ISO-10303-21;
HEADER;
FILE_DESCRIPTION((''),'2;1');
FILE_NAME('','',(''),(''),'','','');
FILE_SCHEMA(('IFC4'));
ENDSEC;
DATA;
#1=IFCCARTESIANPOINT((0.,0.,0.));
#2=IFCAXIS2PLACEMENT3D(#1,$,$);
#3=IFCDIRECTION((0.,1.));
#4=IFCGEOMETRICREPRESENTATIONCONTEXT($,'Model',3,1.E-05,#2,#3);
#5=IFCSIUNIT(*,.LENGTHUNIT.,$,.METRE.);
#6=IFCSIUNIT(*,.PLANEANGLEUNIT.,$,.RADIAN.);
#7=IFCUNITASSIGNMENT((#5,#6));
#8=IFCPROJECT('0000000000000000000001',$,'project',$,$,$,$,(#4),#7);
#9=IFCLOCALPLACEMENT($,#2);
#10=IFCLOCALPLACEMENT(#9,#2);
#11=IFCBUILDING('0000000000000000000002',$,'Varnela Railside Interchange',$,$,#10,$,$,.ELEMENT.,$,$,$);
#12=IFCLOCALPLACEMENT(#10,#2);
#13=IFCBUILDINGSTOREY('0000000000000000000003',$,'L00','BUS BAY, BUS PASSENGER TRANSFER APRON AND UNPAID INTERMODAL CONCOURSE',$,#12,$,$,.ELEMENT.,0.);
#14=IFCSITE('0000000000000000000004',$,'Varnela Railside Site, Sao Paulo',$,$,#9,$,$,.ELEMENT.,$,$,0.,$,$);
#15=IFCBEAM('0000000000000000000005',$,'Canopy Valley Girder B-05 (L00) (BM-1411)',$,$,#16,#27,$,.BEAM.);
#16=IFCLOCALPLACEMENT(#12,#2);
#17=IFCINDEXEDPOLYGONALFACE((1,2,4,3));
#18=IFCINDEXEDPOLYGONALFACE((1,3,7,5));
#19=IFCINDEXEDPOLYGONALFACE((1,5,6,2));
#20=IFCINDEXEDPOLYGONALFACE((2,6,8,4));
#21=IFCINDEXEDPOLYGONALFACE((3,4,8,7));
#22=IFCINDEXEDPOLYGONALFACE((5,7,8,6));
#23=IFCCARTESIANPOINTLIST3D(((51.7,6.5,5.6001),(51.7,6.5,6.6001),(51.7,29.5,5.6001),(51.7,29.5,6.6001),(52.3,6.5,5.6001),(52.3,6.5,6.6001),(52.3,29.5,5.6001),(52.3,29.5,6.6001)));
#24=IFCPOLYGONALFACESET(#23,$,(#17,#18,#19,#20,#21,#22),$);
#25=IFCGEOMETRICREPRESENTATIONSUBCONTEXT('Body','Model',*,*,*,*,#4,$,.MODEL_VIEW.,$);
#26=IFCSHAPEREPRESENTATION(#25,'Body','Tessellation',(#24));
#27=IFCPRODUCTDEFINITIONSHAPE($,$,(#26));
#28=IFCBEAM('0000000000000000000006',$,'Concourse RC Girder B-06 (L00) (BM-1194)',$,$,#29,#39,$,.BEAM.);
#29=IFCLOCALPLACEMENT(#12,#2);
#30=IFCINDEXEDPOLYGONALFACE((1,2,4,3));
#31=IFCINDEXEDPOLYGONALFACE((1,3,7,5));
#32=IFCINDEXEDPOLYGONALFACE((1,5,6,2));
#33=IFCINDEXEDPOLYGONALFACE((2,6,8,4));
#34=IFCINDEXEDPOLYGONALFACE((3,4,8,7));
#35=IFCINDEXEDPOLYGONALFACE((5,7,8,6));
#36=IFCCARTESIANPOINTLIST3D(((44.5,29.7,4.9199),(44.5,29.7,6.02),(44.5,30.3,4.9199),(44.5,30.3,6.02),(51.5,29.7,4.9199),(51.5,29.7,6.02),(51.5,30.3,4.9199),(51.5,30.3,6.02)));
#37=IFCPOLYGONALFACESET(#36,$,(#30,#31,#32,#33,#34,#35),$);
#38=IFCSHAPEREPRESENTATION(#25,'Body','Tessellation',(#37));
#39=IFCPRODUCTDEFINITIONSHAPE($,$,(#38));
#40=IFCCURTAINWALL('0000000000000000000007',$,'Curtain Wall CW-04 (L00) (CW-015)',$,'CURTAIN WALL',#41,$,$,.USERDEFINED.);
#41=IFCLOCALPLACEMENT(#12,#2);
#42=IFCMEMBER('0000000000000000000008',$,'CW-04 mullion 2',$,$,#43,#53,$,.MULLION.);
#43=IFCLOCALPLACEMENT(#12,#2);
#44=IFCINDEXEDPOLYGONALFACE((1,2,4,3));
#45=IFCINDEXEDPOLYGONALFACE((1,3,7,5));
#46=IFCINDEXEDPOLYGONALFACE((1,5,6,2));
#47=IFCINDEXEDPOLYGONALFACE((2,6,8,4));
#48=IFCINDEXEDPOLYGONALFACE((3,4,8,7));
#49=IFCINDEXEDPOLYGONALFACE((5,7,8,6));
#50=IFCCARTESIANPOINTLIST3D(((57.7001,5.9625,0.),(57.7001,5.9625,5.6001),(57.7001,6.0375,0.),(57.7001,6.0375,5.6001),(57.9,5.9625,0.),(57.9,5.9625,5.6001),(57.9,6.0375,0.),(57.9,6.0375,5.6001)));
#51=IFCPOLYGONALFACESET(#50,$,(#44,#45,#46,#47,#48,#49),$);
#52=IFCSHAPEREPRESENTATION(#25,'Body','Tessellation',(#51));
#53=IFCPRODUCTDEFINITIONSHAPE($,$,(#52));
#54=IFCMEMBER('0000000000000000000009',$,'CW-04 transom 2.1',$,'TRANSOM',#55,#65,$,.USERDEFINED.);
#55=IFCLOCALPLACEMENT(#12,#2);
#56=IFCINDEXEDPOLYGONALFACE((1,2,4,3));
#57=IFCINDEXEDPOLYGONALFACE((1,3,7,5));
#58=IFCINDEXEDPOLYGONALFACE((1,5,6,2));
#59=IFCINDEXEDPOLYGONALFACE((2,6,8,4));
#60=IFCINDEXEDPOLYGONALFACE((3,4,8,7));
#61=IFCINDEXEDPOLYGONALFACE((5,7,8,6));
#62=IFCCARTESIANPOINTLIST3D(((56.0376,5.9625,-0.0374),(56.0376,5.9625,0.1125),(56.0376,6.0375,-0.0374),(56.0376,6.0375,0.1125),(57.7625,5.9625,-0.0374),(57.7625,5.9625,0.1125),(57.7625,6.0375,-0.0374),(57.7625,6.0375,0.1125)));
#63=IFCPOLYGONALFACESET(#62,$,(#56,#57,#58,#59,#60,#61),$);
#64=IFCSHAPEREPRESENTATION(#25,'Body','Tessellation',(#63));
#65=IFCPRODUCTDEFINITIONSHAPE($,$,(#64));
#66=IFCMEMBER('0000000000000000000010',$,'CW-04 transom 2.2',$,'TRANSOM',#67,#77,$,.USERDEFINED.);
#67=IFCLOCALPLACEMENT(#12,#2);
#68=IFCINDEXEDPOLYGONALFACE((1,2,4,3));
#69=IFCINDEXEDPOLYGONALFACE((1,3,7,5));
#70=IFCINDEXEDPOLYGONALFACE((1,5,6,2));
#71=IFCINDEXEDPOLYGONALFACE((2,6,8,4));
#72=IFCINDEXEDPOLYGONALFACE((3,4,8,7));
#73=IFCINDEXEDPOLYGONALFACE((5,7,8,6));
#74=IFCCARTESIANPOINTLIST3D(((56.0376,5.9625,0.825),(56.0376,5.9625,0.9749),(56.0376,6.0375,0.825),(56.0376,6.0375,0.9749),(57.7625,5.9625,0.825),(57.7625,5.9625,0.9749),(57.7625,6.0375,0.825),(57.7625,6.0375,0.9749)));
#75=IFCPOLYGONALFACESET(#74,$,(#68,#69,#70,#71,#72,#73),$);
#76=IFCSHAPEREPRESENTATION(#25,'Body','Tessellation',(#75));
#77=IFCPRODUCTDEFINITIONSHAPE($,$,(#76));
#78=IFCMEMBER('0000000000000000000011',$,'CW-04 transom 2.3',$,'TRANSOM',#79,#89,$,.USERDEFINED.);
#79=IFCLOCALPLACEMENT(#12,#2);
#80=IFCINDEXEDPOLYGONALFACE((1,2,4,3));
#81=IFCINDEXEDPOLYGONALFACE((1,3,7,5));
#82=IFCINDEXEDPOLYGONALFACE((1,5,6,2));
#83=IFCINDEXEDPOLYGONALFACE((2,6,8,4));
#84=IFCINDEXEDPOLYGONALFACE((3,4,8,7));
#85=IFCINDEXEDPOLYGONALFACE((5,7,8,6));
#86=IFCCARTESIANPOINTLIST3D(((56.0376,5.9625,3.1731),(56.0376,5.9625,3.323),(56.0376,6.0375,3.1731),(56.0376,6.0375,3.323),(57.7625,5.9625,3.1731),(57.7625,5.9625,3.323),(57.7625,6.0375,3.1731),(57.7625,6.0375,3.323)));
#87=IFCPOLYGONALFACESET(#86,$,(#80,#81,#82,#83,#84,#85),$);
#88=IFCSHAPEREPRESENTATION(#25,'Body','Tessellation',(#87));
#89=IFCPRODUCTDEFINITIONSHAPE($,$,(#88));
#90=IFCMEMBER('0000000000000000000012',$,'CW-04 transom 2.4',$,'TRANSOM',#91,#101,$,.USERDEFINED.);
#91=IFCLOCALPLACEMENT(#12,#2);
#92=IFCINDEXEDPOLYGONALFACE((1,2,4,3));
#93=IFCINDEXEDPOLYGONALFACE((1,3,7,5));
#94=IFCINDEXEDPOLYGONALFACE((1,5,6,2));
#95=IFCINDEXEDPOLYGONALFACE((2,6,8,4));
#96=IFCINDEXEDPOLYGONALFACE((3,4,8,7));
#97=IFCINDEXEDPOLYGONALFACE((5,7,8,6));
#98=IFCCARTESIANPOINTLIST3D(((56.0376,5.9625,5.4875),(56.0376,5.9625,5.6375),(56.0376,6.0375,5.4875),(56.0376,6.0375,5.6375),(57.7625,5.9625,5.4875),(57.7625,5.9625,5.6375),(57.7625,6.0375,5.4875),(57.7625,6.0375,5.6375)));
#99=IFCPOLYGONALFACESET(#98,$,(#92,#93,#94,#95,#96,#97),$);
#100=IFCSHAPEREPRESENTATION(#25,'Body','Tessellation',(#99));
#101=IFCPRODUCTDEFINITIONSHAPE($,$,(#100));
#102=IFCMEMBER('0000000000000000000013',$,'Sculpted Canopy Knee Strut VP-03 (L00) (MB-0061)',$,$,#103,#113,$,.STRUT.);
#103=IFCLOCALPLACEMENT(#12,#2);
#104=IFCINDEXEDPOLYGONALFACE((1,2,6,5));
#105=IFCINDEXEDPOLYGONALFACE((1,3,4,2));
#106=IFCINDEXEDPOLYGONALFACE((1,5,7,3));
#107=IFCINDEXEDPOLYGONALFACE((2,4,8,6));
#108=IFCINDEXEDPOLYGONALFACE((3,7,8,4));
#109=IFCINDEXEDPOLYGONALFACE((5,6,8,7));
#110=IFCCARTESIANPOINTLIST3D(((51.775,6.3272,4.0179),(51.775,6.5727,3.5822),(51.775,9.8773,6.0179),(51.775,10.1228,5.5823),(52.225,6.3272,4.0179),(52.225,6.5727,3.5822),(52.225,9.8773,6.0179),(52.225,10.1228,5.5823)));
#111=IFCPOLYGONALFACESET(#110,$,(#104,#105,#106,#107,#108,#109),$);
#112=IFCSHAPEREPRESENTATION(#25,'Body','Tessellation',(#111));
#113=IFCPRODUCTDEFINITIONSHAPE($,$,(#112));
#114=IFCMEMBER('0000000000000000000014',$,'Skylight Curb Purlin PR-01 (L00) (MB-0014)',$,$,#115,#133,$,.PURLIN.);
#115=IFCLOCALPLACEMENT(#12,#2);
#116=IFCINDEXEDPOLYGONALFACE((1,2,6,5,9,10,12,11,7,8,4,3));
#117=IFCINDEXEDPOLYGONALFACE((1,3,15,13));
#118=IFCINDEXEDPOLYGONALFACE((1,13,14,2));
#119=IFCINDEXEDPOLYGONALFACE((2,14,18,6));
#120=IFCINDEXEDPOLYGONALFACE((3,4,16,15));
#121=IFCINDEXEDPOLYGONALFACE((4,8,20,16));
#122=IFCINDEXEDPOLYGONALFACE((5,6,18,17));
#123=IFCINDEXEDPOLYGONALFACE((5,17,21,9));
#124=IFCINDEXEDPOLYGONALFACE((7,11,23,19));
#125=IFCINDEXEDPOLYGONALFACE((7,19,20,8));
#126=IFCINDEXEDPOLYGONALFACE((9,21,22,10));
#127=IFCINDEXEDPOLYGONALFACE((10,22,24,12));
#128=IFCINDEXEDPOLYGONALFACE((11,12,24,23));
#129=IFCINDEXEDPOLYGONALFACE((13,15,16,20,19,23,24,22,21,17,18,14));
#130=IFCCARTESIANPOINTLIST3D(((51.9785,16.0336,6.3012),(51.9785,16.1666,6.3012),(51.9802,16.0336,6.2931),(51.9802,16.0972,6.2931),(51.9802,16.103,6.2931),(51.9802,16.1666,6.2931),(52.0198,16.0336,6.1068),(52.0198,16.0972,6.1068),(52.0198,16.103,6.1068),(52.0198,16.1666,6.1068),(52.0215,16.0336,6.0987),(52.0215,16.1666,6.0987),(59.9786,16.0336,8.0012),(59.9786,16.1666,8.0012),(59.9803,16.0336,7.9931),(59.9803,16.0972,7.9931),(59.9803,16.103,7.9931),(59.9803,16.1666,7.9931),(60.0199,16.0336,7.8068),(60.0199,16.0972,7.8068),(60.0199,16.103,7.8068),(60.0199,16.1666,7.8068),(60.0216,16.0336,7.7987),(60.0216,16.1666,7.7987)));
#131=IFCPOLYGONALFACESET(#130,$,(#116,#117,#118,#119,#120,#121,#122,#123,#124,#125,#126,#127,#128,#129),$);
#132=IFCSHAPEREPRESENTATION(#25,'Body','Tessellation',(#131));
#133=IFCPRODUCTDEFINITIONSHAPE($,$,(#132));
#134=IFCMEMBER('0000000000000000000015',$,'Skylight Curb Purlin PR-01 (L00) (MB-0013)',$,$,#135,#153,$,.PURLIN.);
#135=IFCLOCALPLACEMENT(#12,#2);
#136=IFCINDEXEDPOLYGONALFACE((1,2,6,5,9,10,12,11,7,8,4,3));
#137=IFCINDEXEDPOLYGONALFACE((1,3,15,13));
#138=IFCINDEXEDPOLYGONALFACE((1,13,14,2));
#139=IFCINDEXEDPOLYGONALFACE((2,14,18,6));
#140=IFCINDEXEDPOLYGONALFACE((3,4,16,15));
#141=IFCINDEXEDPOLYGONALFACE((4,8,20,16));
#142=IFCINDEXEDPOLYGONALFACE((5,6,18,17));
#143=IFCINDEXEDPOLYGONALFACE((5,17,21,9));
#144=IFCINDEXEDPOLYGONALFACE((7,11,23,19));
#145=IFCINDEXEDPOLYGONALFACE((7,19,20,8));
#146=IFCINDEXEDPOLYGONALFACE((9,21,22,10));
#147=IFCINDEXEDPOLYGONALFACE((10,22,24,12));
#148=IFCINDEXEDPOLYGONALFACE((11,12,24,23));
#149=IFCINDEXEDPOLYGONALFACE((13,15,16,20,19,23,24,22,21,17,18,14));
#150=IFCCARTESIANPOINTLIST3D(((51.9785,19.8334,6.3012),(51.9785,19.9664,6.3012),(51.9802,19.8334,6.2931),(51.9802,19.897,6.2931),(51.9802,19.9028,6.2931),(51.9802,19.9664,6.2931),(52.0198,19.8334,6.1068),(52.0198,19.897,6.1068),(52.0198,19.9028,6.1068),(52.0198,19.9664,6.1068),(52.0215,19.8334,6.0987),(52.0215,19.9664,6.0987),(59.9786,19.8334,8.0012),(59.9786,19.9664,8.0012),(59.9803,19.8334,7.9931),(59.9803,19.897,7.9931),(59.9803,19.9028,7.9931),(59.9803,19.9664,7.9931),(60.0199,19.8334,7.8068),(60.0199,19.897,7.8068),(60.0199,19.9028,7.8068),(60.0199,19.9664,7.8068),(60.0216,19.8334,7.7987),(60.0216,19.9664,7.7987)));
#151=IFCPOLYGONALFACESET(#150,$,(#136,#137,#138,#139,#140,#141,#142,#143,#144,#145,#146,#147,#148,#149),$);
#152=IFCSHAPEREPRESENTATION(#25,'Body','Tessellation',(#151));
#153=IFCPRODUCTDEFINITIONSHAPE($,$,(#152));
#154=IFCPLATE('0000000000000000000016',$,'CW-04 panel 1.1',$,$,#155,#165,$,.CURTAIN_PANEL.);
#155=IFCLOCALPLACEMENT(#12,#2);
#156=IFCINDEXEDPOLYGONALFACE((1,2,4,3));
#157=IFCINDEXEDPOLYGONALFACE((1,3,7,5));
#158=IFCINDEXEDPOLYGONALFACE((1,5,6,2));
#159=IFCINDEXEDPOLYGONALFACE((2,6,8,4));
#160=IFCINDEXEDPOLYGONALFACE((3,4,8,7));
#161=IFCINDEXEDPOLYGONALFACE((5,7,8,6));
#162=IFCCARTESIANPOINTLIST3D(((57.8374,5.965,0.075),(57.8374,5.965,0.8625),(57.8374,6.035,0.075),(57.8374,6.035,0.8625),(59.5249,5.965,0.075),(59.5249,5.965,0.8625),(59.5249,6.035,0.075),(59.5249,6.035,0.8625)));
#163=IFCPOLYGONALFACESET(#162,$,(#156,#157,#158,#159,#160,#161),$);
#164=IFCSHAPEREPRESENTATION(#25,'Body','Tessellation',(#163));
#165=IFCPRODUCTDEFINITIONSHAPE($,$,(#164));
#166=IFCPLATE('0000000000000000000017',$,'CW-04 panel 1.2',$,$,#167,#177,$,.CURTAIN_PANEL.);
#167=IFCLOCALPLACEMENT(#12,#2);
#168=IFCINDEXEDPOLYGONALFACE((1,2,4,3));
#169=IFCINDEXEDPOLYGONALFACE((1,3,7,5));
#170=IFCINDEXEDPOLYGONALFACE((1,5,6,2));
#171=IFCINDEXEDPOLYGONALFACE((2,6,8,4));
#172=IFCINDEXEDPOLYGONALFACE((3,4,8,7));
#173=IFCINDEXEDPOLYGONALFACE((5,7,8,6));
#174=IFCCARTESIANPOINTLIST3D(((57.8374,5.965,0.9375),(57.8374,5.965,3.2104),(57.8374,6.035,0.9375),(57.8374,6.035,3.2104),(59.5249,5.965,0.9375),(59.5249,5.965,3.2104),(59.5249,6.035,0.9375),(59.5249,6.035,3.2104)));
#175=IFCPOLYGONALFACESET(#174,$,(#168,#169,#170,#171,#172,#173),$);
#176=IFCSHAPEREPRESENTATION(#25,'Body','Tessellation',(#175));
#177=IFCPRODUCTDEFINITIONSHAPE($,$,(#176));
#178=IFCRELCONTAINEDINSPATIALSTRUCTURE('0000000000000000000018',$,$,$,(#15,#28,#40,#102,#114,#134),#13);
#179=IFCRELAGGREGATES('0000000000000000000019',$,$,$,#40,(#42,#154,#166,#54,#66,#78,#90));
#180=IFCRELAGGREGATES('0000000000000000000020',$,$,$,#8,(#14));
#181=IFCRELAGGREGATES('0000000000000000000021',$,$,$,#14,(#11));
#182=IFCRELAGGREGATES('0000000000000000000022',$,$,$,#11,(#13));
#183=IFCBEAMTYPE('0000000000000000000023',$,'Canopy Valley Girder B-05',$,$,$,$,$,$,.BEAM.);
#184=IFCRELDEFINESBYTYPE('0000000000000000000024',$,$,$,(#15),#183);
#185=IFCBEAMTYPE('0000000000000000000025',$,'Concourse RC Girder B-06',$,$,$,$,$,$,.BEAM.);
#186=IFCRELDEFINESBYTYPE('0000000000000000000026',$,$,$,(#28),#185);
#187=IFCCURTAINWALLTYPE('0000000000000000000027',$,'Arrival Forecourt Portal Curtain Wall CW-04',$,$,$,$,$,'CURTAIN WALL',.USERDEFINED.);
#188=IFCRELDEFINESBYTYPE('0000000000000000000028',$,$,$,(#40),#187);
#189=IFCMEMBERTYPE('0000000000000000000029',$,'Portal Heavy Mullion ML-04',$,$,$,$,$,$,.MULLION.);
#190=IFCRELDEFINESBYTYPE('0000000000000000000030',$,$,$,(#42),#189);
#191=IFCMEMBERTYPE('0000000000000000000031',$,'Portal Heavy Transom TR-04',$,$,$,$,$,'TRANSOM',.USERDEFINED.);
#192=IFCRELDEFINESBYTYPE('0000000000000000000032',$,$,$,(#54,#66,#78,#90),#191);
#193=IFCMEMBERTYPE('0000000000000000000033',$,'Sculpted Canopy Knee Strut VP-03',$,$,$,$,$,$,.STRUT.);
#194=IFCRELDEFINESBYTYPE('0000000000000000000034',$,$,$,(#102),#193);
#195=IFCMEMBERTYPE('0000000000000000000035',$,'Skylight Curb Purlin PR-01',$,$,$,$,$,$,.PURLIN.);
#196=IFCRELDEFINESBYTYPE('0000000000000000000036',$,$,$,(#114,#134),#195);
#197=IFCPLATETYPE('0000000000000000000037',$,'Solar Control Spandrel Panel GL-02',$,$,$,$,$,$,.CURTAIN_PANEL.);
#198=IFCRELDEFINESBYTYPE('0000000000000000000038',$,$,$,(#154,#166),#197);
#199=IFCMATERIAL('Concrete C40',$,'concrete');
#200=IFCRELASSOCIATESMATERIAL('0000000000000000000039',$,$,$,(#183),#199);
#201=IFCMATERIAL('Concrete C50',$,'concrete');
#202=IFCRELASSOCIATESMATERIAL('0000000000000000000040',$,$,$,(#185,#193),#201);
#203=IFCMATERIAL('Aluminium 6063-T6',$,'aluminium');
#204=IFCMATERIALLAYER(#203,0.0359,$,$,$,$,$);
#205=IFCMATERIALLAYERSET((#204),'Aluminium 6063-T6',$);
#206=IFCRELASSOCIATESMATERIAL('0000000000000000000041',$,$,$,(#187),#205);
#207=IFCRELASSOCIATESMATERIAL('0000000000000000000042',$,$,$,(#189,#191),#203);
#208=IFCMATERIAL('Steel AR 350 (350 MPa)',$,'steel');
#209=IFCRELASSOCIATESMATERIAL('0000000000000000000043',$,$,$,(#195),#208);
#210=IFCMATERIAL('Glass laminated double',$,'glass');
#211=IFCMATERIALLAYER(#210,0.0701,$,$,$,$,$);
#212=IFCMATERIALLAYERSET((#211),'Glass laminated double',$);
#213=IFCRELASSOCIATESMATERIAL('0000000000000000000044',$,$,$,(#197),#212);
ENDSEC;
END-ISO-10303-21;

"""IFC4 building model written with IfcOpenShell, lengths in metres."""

from ifc_helpers import new_model, si_unit, direction, frame, origin, origin_2d, place, context, subcontext, project, spatial, rectangle, i_section, extrude, material, layer, layer_set, material_profile, profile_set, type_object, element, aggregate, save


model = new_model("IFC4")

# Units and contexts
model_context = context("Model", 3, precision=1e-05, world=origin(), true_north=direction((0.0, 1.0)))
body_context = subcontext(model_context, "Body", "Model", "MODEL_VIEW")
ifc_project = project(units=[si_unit("LENGTHUNIT", "METRE"), si_unit("PLANEANGLEUNIT", "RADIAN")], contexts=[model_context])

# Site, building, storey
site_placement = place(None, origin())
site = spatial("IfcSite", under=ifc_project, at=site_placement, Name="Varnela Railside Site, Sao Paulo", CompositionType="ELEMENT", RefElevation=0.0)
building_placement = place(site_placement, origin())
building = spatial("IfcBuilding", under=site, at=building_placement, Name="Varnela Railside Interchange", CompositionType="ELEMENT")
storey_placement = place(building_placement, origin())
storey = spatial("IfcBuildingStorey", under=building, at=storey_placement, Name="L00", Description="BUS BAY, BUS PASSENGER TRANSFER APRON AND UNPAID INTERMODAL CONCOURSE", CompositionType="ELEMENT", Elevation=0.0)

# Shared definitions
ifc_material_1 = material(Name="Concrete C50", Category="concrete")

# Shared definitions
ifc_material_2 = material(Name="Steel AR 350 (350 MPa)", Category="steel")

# Beams
ifc_material_3 = material(Name="Concrete C40", Category="concrete")
ifc_material_profile_1 = material_profile(ifc_material_3, rectangle(XDim=0.6001, YDim=1.0, at=origin_2d()), Name="RC 600x1000")
ifc_profile_set_1 = profile_set([ifc_material_profile_1], Name="Concrete C40")
beam_type_1 = type_object("IfcBeamType", Name="Canopy Valley Girder B-05", PredefinedType="BEAM", material=ifc_profile_set_1)
beam_1_placement = place(storey_placement, frame((52.0, 6.5, 6.1001), z_axis=(0.0, 1.0, 0.0), x_axis=(-1.0, 0.0, 0.0)))
element("IfcBeam", 1, at=beam_1_placement, inside=storey, type_object=beam_type_1, Name="Canopy Valley Girder B-05 (L00) (BM-1411)", PredefinedType="BEAM", context=body_context, shape_type="SweptSolid", body=[
    extrude(rectangle(XDim=0.6001, YDim=1.0, at=origin_2d()), origin(), (0.0, 0.0, 1.0), 23.0),
])
ifc_material_profile_2 = material_profile(ifc_material_1, rectangle(XDim=0.6001, YDim=1.1001, at=origin_2d()), Name="RC 600x1100")
ifc_profile_set_2 = profile_set([ifc_material_profile_2], Name="Concrete C50")
beam_type_2 = type_object("IfcBeamType", Name="Concourse RC Girder B-06", PredefinedType="BEAM", material=ifc_profile_set_2)
beam_2_placement = place(storey_placement, frame((44.5, 30.0, 5.47), z_axis=(1.0, 0.0, 0.0), x_axis=(0.0, 1.0, 0.0)))
element("IfcBeam", 2, at=beam_2_placement, inside=storey, type_object=beam_type_2, Name="Concourse RC Girder B-06 (L00) (BM-1194)", PredefinedType="BEAM", context=body_context, shape_type="SweptSolid", body=[
    extrude(rectangle(XDim=0.6001, YDim=1.1001, at=origin_2d()), origin(), (0.0, 0.0, 1.0), 7.0),
])

# Curtain wall, members
ifc_material_4 = material(Name="Aluminium 6063-T6", Category="aluminium")
ifc_layer_1 = layer(ifc_material_4, 0.0359)
ifc_layer_set_1 = layer_set([ifc_layer_1], Name="Aluminium 6063-T6")
curtain_wall_type = type_object("IfcCurtainWallType", Name="Arrival Forecourt Portal Curtain Wall CW-04", ElementType="CURTAIN WALL", PredefinedType="USERDEFINED", material=ifc_layer_set_1)
curtain_wall_placement = place(storey_placement, origin())
curtain_wall = element("IfcCurtainWall", 3, at=curtain_wall_placement, inside=storey, type_object=curtain_wall_type, Name="Curtain Wall CW-04 (L00) (CW-015)", ObjectType="CURTAIN WALL", PredefinedType="USERDEFINED")
ifc_material_profile_3 = material_profile(ifc_material_4, rectangle(XDim=0.075, YDim=0.2, at=origin_2d()), Name="ALU 75x200")
ifc_profile_set_3 = profile_set([ifc_material_profile_3], Name="Aluminium 6063-T6")
member_type_1 = type_object("IfcMemberType", Name="Portal Heavy Mullion ML-04", PredefinedType="MULLION", material=ifc_profile_set_3)
member_1_placement = place(storey_placement, frame((57.8, 6.0, 0.0), z_axis=(0.0, 0.0, 1.0), x_axis=(0.0, -1.0, 0.0)))
member_1 = element("IfcMember", 4, at=member_1_placement, type_object=member_type_1, Name="CW-04 mullion 2", PredefinedType="MULLION", context=body_context, shape_type="SweptSolid", body=[
    extrude(rectangle(XDim=0.075, YDim=0.2, at=origin_2d()), origin(), (0.0, 0.0, 1.0), 5.6001),
])
ifc_material_profile_4 = material_profile(ifc_material_4, rectangle(XDim=0.075, YDim=0.1499, at=origin_2d()), Name="ALU 75x150")
ifc_profile_set_4 = profile_set([ifc_material_profile_4], Name="Aluminium 6063-T6")
member_type_2 = type_object("IfcMemberType", Name="Portal Heavy Transom TR-04", ElementType="TRANSOM", PredefinedType="USERDEFINED", material=ifc_profile_set_4)
member_2_placement = place(storey_placement, frame((57.7625, 6.0, 0.0376), z_axis=(-1.0, 0.0, 0.0), x_axis=(0.0, -1.0, 0.0)))
member_2 = element("IfcMember", 5, at=member_2_placement, type_object=member_type_2, Name="CW-04 transom 2.1", ObjectType="TRANSOM", PredefinedType="USERDEFINED", context=body_context, shape_type="SweptSolid", body=[
    extrude(rectangle(XDim=0.075, YDim=0.1499, at=origin_2d()), origin(), (0.0, 0.0, 1.0), 1.7249),
])
member_3_placement = place(storey_placement, frame((57.7625, 6.0, 0.8999), z_axis=(-1.0, 0.0, 0.0), x_axis=(0.0, -1.0, 0.0)))
member_3 = element("IfcMember", 6, at=member_3_placement, type_object=member_type_2, Name="CW-04 transom 2.2", ObjectType="TRANSOM", PredefinedType="USERDEFINED", context=body_context, shape_type="SweptSolid", body=[
    extrude(rectangle(XDim=0.075, YDim=0.1499, at=origin_2d()), origin(), (0.0, 0.0, 1.0), 1.7249),
])
member_4_placement = place(storey_placement, frame((57.7625, 6.0, 3.248), z_axis=(-1.0, 0.0, 0.0), x_axis=(0.0, -1.0, 0.0)))
member_4 = element("IfcMember", 7, at=member_4_placement, type_object=member_type_2, Name="CW-04 transom 2.3", ObjectType="TRANSOM", PredefinedType="USERDEFINED", context=body_context, shape_type="SweptSolid", body=[
    extrude(rectangle(XDim=0.075, YDim=0.1499, at=origin_2d()), origin(), (0.0, 0.0, 1.0), 1.7249),
])
member_5_placement = place(storey_placement, frame((57.7625, 6.0, 5.5625), z_axis=(-1.0, 0.0, 0.0), x_axis=(0.0, -1.0, 0.0)))
member_5 = element("IfcMember", 8, at=member_5_placement, type_object=member_type_2, Name="CW-04 transom 2.4", ObjectType="TRANSOM", PredefinedType="USERDEFINED", context=body_context, shape_type="SweptSolid", body=[
    extrude(rectangle(XDim=0.075, YDim=0.1499, at=origin_2d()), origin(), (0.0, 0.0, 1.0), 1.7249),
])

# Members
ifc_material_profile_5 = material_profile(ifc_material_1, rectangle(XDim=0.45, YDim=0.5, at=origin_2d()), Name="RC 450x500")
ifc_profile_set_5 = profile_set([ifc_material_profile_5], Name="Concrete C50")
member_type_3 = type_object("IfcMemberType", Name="Sculpted Canopy Knee Strut VP-03", PredefinedType="STRUT", material=ifc_profile_set_5)
member_6_placement = place(storey_placement, frame((52.0, 6.45, 3.8), z_axis=(0.0, 0.871251, 0.490839), x_axis=(-1.0, 0.0, 0.0)))
element("IfcMember", 9, at=member_6_placement, inside=storey, type_object=member_type_3, Name="Sculpted Canopy Knee Strut VP-03 (L00) (MB-0061)", PredefinedType="STRUT", context=body_context, shape_type="SweptSolid", body=[
    extrude(rectangle(XDim=0.45, YDim=0.5, at=origin_2d()), origin(), (0.0, 0.0, 1.0), 4.0747),
])
ifc_material_profile_6 = material_profile(ifc_material_2, i_section(OverallWidth=0.1331, OverallDepth=0.207, WebThickness=0.0059, FlangeThickness=0.0083, at=origin_2d()), Name="W200x26.6")
ifc_profile_set_6 = profile_set([ifc_material_profile_6], Name="Steel AR 350 (350 MPa)")
member_type_4 = type_object("IfcMemberType", Name="Skylight Curb Purlin PR-01", PredefinedType="PURLIN", material=ifc_profile_set_6)
for number, where, z_axis, x_axis, name in (
    (10, (52.0, 16.1001, 6.2), (0.97816, 0.0, 0.207853), (0.0, 1.0, 0.0), "Skylight Curb Purlin PR-01 (L00) (MB-0014)"),
    (11, (52.0, 19.8999, 6.2), (0.97816, 0.0, 0.207853), (0.0, 1.0, 0.0), "Skylight Curb Purlin PR-01 (L00) (MB-0013)"),
):
    element("IfcMember", number, at=place(storey_placement, frame(where, z_axis=z_axis, x_axis=x_axis)), inside=storey, type_object=member_type_4, Name=name, PredefinedType="PURLIN", context=body_context, shape_type="SweptSolid", body=[
        extrude(i_section(OverallWidth=0.1331, OverallDepth=0.207, WebThickness=0.0059, FlangeThickness=0.0083, at=origin_2d()), origin(), (0.0, 0.0, 1.0), 8.1787),
    ])

# Plates
ifc_material_5 = material(Name="Glass laminated double", Category="glass")
ifc_layer_2 = layer(ifc_material_5, 0.0701)
ifc_layer_set_2 = layer_set([ifc_layer_2], Name="Glass laminated double")
plate_type = type_object("IfcPlateType", Name="Solar Control Spandrel Panel GL-02", PredefinedType="CURTAIN_PANEL", material=ifc_layer_set_2)
plate_1_placement = place(storey_placement, frame((58.6812, 6.0, 0.075), z_axis=(0.0, 0.0, 1.0), x_axis=(-1.0, 0.0, 0.0)))
plate_1 = element("IfcPlate", 12, at=plate_1_placement, type_object=plate_type, Name="CW-04 panel 1.1", PredefinedType="CURTAIN_PANEL", context=body_context, shape_type="SweptSolid", body=[
    extrude(rectangle(XDim=1.6875, YDim=0.0701, at=origin_2d()), origin(), (0.0, 0.0, 1.0), 0.7876),
])
plate_2_placement = place(storey_placement, frame((58.6812, 6.0, 0.9375), z_axis=(0.0, 0.0, 1.0), x_axis=(-1.0, 0.0, 0.0)))
plate_2 = element("IfcPlate", 13, at=plate_2_placement, type_object=plate_type, Name="CW-04 panel 1.2", PredefinedType="CURTAIN_PANEL", context=body_context, shape_type="SweptSolid", body=[
    extrude(rectangle(XDim=1.6875, YDim=0.0701, at=origin_2d()), origin(), (0.0, 0.0, 1.0), 2.2729),
])
aggregate(curtain_wall, [member_1, plate_1, plate_2, member_2, member_3, member_4, member_5])

save(model, "model.ifc")
